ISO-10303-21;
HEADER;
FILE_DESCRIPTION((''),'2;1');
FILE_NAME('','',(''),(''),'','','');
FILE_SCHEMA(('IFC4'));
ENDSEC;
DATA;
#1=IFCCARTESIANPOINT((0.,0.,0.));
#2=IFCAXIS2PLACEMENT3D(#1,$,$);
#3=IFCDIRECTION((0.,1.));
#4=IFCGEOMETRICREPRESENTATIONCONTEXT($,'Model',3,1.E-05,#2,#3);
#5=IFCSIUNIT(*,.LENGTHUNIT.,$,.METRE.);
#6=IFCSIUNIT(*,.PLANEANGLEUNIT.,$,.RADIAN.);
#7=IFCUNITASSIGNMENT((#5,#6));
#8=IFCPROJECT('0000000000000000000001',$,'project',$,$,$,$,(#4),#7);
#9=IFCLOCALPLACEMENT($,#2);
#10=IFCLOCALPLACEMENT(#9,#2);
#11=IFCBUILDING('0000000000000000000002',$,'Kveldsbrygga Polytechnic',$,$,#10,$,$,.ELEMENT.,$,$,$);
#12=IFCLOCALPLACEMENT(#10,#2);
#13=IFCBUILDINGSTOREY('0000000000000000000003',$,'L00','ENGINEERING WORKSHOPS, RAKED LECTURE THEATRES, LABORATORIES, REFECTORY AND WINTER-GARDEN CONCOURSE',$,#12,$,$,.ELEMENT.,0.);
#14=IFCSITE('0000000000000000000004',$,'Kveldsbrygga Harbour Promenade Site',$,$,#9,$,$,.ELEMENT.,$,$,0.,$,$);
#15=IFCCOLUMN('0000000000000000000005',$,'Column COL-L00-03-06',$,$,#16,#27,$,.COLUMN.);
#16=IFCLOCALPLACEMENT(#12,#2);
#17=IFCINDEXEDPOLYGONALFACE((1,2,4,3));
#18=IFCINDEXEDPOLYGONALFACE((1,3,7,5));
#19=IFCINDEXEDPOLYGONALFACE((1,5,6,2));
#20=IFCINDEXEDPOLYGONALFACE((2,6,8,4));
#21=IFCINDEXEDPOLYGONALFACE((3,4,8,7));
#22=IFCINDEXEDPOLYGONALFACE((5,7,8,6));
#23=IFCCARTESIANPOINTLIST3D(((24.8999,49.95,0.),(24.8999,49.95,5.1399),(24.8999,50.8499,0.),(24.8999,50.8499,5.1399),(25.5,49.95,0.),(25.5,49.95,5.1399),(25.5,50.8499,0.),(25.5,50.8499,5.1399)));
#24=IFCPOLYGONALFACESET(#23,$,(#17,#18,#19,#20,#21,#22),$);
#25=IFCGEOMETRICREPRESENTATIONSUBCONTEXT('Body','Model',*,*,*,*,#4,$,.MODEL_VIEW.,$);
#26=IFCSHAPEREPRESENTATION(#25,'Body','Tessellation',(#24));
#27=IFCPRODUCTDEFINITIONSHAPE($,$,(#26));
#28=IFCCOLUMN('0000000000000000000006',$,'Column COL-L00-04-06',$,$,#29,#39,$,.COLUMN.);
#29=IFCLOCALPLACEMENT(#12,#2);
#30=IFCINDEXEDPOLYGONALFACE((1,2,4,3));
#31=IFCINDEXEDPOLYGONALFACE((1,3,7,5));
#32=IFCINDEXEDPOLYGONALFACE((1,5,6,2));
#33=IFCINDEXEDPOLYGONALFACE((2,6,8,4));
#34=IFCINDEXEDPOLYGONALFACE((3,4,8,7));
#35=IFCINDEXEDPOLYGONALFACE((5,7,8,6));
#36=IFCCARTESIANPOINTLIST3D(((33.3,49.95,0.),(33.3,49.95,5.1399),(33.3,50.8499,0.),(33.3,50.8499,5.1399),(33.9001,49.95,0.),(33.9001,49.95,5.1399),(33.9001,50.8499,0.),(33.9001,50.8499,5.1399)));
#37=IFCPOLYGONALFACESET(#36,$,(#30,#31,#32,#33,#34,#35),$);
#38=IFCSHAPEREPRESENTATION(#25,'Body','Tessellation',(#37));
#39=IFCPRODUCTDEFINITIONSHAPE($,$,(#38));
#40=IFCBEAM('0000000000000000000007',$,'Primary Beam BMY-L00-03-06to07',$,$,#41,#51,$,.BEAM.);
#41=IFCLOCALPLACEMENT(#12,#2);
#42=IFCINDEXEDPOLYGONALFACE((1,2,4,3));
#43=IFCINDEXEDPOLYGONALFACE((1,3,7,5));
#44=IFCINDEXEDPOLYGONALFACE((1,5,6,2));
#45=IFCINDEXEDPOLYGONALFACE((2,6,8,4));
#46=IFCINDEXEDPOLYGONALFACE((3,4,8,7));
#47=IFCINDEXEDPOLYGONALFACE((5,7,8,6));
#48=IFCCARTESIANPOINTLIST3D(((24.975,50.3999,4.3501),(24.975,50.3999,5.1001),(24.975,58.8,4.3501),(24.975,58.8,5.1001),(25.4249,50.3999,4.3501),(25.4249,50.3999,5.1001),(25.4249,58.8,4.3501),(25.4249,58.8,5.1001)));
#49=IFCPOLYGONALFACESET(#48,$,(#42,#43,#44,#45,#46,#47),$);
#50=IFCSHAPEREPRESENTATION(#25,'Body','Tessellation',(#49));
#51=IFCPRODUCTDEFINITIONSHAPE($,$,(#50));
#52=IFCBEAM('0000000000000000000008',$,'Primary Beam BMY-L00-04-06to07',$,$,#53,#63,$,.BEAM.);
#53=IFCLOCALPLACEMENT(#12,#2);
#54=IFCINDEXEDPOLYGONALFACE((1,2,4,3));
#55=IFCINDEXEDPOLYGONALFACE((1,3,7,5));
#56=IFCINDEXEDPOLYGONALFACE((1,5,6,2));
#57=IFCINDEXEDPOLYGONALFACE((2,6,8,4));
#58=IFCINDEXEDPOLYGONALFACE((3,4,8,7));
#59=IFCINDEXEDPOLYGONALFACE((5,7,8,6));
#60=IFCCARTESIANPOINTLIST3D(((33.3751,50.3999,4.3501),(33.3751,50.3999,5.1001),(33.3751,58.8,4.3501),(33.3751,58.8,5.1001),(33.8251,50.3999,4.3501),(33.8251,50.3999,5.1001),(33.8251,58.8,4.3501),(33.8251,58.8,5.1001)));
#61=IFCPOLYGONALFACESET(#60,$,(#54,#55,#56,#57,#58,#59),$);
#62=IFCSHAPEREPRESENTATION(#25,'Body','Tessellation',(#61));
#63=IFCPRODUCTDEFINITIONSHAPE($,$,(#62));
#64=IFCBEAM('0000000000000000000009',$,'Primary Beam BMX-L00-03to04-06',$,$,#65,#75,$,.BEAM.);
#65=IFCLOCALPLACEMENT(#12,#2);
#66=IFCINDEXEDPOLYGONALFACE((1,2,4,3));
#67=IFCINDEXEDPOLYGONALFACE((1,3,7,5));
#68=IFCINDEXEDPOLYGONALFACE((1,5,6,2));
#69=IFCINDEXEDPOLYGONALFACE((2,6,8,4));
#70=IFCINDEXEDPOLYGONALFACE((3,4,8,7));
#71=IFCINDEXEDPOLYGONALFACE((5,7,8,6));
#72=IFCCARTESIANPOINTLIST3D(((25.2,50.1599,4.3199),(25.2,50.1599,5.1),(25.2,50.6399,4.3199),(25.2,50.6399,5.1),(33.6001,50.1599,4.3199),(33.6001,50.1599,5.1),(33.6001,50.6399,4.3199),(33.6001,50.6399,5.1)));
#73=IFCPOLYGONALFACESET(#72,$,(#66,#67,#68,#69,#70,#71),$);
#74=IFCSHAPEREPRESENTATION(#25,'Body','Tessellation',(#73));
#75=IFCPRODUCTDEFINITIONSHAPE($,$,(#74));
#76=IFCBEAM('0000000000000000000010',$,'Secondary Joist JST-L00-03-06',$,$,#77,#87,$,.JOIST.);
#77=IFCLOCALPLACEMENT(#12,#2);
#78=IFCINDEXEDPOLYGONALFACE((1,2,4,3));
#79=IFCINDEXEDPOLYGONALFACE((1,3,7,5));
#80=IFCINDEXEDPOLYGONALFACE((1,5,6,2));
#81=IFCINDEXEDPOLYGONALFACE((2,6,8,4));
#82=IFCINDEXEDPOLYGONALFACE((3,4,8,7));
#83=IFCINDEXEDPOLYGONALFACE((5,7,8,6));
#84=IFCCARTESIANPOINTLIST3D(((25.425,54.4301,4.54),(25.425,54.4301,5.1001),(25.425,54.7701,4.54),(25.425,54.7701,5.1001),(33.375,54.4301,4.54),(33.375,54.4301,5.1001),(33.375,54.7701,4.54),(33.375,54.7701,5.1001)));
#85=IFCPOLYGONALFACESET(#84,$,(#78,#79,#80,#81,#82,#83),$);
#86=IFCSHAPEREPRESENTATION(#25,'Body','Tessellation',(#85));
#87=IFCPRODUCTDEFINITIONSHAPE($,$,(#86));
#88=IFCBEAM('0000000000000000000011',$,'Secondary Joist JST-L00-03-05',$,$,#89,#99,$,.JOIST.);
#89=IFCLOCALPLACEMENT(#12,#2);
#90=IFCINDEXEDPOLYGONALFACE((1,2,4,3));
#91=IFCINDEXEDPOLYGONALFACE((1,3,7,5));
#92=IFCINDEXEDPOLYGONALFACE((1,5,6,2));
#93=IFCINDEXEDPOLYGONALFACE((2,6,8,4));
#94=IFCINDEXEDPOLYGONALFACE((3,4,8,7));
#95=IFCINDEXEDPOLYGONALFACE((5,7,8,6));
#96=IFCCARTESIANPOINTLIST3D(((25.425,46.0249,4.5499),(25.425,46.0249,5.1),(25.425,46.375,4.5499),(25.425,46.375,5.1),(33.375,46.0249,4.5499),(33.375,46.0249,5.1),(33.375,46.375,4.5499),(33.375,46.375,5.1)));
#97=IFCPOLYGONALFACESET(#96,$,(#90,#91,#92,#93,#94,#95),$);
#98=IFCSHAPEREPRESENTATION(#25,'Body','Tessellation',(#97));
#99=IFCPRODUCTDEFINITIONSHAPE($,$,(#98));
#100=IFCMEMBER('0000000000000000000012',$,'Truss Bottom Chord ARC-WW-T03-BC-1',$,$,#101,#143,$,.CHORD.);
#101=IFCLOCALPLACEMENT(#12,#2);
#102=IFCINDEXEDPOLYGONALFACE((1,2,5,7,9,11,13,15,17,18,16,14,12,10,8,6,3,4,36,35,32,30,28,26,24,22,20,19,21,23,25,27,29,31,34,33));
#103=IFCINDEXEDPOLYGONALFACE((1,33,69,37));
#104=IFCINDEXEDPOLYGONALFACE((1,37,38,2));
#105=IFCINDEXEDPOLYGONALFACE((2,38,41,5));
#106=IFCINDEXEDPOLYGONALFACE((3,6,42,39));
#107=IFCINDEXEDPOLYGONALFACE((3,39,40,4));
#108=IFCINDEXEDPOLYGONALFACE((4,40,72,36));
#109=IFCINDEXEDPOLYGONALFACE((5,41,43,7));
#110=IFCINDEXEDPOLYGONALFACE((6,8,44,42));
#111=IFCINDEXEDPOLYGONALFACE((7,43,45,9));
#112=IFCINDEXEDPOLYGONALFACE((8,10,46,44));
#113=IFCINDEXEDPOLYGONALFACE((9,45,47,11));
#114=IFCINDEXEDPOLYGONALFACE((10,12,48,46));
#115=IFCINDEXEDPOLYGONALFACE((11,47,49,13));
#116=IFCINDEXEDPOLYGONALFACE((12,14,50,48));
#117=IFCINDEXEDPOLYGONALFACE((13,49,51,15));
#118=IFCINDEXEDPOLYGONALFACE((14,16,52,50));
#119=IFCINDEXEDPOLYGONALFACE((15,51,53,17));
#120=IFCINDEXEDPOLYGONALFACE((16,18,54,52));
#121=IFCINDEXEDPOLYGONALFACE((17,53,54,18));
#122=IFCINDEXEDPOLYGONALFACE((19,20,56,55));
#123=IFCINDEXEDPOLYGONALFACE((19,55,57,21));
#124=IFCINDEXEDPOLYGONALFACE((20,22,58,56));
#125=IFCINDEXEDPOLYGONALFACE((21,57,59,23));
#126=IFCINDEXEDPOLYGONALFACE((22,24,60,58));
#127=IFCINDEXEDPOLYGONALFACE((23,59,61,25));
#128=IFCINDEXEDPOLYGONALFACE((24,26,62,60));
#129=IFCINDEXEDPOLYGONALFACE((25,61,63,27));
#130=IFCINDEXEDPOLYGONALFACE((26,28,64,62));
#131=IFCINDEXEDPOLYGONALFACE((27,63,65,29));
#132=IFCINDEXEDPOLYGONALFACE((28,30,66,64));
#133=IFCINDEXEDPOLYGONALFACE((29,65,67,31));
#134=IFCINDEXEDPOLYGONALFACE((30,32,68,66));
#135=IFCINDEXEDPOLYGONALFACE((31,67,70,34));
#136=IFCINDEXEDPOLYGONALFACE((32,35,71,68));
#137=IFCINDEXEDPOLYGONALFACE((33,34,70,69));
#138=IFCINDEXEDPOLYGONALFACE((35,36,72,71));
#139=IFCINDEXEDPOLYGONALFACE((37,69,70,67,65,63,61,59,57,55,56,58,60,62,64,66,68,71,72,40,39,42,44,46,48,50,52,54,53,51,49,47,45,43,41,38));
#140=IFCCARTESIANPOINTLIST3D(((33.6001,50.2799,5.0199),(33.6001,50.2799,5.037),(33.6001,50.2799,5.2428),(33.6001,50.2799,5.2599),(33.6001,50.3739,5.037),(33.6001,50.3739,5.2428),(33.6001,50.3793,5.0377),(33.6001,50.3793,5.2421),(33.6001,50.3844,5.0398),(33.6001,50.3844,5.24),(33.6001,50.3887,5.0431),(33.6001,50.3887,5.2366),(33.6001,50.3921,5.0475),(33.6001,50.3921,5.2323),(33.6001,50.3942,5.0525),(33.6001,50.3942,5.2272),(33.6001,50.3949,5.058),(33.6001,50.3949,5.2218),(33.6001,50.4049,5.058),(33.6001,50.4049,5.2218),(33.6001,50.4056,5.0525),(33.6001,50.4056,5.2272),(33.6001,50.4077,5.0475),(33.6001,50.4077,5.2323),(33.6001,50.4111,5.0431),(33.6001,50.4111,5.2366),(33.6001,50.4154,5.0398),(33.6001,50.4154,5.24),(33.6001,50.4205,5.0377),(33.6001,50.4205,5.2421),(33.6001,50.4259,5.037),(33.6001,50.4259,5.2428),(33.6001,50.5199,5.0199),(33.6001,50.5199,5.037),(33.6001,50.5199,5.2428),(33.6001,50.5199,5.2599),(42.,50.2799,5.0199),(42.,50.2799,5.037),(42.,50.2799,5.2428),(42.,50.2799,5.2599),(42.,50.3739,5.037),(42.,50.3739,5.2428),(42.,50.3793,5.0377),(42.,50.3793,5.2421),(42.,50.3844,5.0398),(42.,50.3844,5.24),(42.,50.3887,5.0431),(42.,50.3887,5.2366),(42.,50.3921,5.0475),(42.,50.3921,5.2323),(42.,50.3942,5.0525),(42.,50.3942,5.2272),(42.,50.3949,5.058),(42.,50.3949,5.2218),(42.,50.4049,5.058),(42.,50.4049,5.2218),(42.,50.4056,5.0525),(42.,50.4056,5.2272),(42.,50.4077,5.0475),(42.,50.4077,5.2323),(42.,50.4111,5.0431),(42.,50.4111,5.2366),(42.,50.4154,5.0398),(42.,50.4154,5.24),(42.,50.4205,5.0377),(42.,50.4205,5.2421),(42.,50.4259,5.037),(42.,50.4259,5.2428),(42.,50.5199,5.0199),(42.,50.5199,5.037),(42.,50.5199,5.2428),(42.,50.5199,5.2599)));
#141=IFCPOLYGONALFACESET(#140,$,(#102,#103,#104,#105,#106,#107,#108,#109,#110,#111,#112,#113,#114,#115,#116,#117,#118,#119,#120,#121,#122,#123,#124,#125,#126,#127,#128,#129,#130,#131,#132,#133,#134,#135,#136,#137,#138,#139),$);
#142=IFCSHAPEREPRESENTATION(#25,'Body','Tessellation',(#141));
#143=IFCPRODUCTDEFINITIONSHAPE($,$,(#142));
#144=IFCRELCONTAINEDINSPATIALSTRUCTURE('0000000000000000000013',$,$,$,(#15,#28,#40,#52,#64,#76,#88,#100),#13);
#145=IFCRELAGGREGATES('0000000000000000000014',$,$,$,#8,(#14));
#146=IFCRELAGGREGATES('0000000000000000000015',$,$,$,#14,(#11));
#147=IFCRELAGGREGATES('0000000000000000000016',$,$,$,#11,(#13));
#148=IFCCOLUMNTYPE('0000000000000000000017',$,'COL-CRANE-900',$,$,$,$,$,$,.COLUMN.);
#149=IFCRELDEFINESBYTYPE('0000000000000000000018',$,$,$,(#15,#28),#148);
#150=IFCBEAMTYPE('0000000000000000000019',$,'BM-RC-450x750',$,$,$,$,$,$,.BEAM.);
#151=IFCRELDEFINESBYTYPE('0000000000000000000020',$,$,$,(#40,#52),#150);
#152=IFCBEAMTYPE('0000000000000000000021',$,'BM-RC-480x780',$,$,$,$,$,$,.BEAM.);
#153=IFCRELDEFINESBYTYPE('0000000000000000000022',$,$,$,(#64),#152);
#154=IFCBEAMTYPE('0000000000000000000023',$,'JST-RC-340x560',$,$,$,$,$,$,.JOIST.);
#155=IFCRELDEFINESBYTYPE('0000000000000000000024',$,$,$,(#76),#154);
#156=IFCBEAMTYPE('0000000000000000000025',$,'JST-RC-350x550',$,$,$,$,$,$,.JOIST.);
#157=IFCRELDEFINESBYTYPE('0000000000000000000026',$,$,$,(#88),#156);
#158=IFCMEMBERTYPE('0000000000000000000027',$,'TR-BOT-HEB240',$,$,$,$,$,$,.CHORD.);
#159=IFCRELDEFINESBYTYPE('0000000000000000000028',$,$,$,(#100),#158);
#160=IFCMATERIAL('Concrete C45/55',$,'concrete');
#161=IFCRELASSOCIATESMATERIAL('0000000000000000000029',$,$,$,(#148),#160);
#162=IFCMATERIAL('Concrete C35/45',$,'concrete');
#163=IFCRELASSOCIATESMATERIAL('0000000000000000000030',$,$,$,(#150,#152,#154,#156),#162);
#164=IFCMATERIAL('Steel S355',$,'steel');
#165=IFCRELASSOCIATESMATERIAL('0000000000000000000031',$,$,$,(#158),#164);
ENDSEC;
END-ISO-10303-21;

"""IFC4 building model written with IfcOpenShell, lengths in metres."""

from ifc_helpers import new_model, si_unit, direction, frame, origin, origin_2d, place, context, subcontext, project, spatial, rectangle, i_section, extrude, material, material_profile, profile_set, type_object, element, save


model = new_model("IFC4")

# Units and contexts
model_context = context("Model", 3, precision=1e-05, world=origin(), true_north=direction((0.0, 1.0)))
body_context = subcontext(model_context, "Body", "Model", "MODEL_VIEW")
ifc_project = project(units=[si_unit("LENGTHUNIT", "METRE"), si_unit("PLANEANGLEUNIT", "RADIAN")], contexts=[model_context])

# Site, building, storey
site_placement = place(None, origin())
site = spatial("IfcSite", under=ifc_project, at=site_placement, Name="Kveldsbrygga Harbour Promenade Site", CompositionType="ELEMENT", RefElevation=0.0)
building_placement = place(site_placement, origin())
building = spatial("IfcBuilding", under=site, at=building_placement, Name="Kveldsbrygga Polytechnic", CompositionType="ELEMENT")
storey_placement = place(building_placement, origin())
storey = spatial("IfcBuildingStorey", under=building, at=storey_placement, Name="L00", Description="ENGINEERING WORKSHOPS, RAKED LECTURE THEATRES, LABORATORIES, REFECTORY AND WINTER-GARDEN CONCOURSE", CompositionType="ELEMENT", Elevation=0.0)

# Columns
ifc_material_1 = material(Name="Concrete C45/55", Category="concrete")
ifc_material_profile_1 = material_profile(ifc_material_1, rectangle(XDim=0.6001, YDim=0.8999, at=origin_2d()), Name="RC 600x900")
ifc_profile_set_1 = profile_set([ifc_material_profile_1], Name="Concrete C45/55")
column_type = type_object("IfcColumnType", Name="COL-CRANE-900", PredefinedType="COLUMN", material=ifc_profile_set_1)
for number, where, z_axis, x_axis, name in (
    (1, (25.2, 50.3999, 0.0), (0.0, 0.0, 1.0), (1.0, 0.0, 0.0), "Column COL-L00-03-06"),
    (2, (33.6001, 50.3999, 0.0), (0.0, 0.0, 1.0), (1.0, 0.0, 0.0), "Column COL-L00-04-06"),
):
    element("IfcColumn", number, at=place(storey_placement, frame(where, z_axis=z_axis, x_axis=x_axis)), inside=storey, type_object=column_type, Name=name, PredefinedType="COLUMN", context=body_context, shape_type="SweptSolid", body=[
        extrude(rectangle(XDim=0.6001, YDim=0.8999, at=origin_2d()), origin(), (0.0, 0.0, 1.0), 5.1399),
    ])

# Beams
ifc_material_2 = material(Name="Concrete C35/45", Category="concrete")
ifc_material_profile_2 = material_profile(ifc_material_2, rectangle(XDim=0.45, YDim=0.75, at=origin_2d()), Name="RC 450x750")
ifc_profile_set_2 = profile_set([ifc_material_profile_2], Name="Concrete C35/45")
beam_type_1 = type_object("IfcBeamType", Name="BM-RC-450x750", PredefinedType="BEAM", material=ifc_profile_set_2)
for number, where, z_axis, x_axis, name in (
    (3, (25.2, 50.3999, 4.7251), (0.0, 1.0, 0.0), (-1.0, 0.0, 0.0), "Primary Beam BMY-L00-03-06to07"),
    (4, (33.6001, 50.3999, 4.7251), (0.0, 1.0, 0.0), (-1.0, 0.0, 0.0), "Primary Beam BMY-L00-04-06to07"),
):
    element("IfcBeam", number, at=place(storey_placement, frame(where, z_axis=z_axis, x_axis=x_axis)), inside=storey, type_object=beam_type_1, Name=name, PredefinedType="BEAM", context=body_context, shape_type="SweptSolid", body=[
        extrude(rectangle(XDim=0.45, YDim=0.75, at=origin_2d()), origin(), (0.0, 0.0, 1.0), 8.4001),
    ])
ifc_material_profile_3 = material_profile(ifc_material_2, rectangle(XDim=0.48, YDim=0.78, at=origin_2d()), Name="RC 480x780")
ifc_profile_set_3 = profile_set([ifc_material_profile_3], Name="Concrete C35/45")
beam_type_2 = type_object("IfcBeamType", Name="BM-RC-480x780", PredefinedType="BEAM", material=ifc_profile_set_3)
beam_1_placement = place(storey_placement, frame((25.2, 50.3999, 4.71), z_axis=(1.0, 0.0, 0.0), x_axis=(0.0, 1.0, 0.0)))
element("IfcBeam", 5, at=beam_1_placement, inside=storey, type_object=beam_type_2, Name="Primary Beam BMX-L00-03to04-06", PredefinedType="BEAM", context=body_context, shape_type="SweptSolid", body=[
    extrude(rectangle(XDim=0.48, YDim=0.78, at=origin_2d()), origin(), (0.0, 0.0, 1.0), 8.4001),
])
ifc_material_profile_4 = material_profile(ifc_material_2, rectangle(XDim=0.3401, YDim=0.5601, at=origin_2d()), Name="RC 340x560")
ifc_profile_set_4 = profile_set([ifc_material_profile_4], Name="Concrete C35/45")
beam_type_3 = type_object("IfcBeamType", Name="JST-RC-340x560", PredefinedType="JOIST", material=ifc_profile_set_4)
beam_2_placement = place(storey_placement, frame((25.425, 54.6001, 4.8201), z_axis=(1.0, 0.0, 0.0), x_axis=(0.0, 1.0, 0.0)))
element("IfcBeam", 6, at=beam_2_placement, inside=storey, type_object=beam_type_3, Name="Secondary Joist JST-L00-03-06", PredefinedType="JOIST", context=body_context, shape_type="SweptSolid", body=[
    extrude(rectangle(XDim=0.3401, YDim=0.5601, at=origin_2d()), origin(), (0.0, 0.0, 1.0), 7.95),
])
ifc_material_profile_5 = material_profile(ifc_material_2, rectangle(XDim=0.3501, YDim=0.55, at=origin_2d()), Name="RC 350x550")
ifc_profile_set_5 = profile_set([ifc_material_profile_5], Name="Concrete C35/45")
beam_type_4 = type_object("IfcBeamType", Name="JST-RC-350x550", PredefinedType="JOIST", material=ifc_profile_set_5)
beam_3_placement = place(storey_placement, frame((25.425, 46.2, 4.825), z_axis=(1.0, 0.0, 0.0), x_axis=(0.0, 1.0, 0.0)))
element("IfcBeam", 7, at=beam_3_placement, inside=storey, type_object=beam_type_4, Name="Secondary Joist JST-L00-03-05", PredefinedType="JOIST", context=body_context, shape_type="SweptSolid", body=[
    extrude(rectangle(XDim=0.3501, YDim=0.55, at=origin_2d()), origin(), (0.0, 0.0, 1.0), 7.95),
])

# Member
ifc_material_3 = material(Name="Steel S355", Category="steel")
ifc_material_profile_6 = material_profile(ifc_material_3, i_section(OverallWidth=0.24, OverallDepth=0.24, WebThickness=0.01, FlangeThickness=0.0171, FilletRadius=0.021, at=origin_2d()), Name="HEB 240")
ifc_profile_set_6 = profile_set([ifc_material_profile_6], Name="Steel S355")
member_type_1 = type_object("IfcMemberType", Name="TR-BOT-HEB240", PredefinedType="CHORD", material=ifc_profile_set_6)
member_1_placement = place(storey_placement, frame((33.6001, 50.3999, 5.1399), z_axis=(1.0, 0.0, 0.0), x_axis=(0.0, 1.0, 0.0)))
element("IfcMember", 8, at=member_1_placement, inside=storey, type_object=member_type_1, Name="Truss Bottom Chord ARC-WW-T03-BC-1", PredefinedType="CHORD", context=body_context, shape_type="SweptSolid", body=[
    extrude(i_section(OverallWidth=0.24, OverallDepth=0.24, WebThickness=0.01, FlangeThickness=0.0171, FilletRadius=0.021, at=origin_2d()), origin(), (0.0, 0.0, 1.0), 8.3999),
])

save(model, "model.ifc")
